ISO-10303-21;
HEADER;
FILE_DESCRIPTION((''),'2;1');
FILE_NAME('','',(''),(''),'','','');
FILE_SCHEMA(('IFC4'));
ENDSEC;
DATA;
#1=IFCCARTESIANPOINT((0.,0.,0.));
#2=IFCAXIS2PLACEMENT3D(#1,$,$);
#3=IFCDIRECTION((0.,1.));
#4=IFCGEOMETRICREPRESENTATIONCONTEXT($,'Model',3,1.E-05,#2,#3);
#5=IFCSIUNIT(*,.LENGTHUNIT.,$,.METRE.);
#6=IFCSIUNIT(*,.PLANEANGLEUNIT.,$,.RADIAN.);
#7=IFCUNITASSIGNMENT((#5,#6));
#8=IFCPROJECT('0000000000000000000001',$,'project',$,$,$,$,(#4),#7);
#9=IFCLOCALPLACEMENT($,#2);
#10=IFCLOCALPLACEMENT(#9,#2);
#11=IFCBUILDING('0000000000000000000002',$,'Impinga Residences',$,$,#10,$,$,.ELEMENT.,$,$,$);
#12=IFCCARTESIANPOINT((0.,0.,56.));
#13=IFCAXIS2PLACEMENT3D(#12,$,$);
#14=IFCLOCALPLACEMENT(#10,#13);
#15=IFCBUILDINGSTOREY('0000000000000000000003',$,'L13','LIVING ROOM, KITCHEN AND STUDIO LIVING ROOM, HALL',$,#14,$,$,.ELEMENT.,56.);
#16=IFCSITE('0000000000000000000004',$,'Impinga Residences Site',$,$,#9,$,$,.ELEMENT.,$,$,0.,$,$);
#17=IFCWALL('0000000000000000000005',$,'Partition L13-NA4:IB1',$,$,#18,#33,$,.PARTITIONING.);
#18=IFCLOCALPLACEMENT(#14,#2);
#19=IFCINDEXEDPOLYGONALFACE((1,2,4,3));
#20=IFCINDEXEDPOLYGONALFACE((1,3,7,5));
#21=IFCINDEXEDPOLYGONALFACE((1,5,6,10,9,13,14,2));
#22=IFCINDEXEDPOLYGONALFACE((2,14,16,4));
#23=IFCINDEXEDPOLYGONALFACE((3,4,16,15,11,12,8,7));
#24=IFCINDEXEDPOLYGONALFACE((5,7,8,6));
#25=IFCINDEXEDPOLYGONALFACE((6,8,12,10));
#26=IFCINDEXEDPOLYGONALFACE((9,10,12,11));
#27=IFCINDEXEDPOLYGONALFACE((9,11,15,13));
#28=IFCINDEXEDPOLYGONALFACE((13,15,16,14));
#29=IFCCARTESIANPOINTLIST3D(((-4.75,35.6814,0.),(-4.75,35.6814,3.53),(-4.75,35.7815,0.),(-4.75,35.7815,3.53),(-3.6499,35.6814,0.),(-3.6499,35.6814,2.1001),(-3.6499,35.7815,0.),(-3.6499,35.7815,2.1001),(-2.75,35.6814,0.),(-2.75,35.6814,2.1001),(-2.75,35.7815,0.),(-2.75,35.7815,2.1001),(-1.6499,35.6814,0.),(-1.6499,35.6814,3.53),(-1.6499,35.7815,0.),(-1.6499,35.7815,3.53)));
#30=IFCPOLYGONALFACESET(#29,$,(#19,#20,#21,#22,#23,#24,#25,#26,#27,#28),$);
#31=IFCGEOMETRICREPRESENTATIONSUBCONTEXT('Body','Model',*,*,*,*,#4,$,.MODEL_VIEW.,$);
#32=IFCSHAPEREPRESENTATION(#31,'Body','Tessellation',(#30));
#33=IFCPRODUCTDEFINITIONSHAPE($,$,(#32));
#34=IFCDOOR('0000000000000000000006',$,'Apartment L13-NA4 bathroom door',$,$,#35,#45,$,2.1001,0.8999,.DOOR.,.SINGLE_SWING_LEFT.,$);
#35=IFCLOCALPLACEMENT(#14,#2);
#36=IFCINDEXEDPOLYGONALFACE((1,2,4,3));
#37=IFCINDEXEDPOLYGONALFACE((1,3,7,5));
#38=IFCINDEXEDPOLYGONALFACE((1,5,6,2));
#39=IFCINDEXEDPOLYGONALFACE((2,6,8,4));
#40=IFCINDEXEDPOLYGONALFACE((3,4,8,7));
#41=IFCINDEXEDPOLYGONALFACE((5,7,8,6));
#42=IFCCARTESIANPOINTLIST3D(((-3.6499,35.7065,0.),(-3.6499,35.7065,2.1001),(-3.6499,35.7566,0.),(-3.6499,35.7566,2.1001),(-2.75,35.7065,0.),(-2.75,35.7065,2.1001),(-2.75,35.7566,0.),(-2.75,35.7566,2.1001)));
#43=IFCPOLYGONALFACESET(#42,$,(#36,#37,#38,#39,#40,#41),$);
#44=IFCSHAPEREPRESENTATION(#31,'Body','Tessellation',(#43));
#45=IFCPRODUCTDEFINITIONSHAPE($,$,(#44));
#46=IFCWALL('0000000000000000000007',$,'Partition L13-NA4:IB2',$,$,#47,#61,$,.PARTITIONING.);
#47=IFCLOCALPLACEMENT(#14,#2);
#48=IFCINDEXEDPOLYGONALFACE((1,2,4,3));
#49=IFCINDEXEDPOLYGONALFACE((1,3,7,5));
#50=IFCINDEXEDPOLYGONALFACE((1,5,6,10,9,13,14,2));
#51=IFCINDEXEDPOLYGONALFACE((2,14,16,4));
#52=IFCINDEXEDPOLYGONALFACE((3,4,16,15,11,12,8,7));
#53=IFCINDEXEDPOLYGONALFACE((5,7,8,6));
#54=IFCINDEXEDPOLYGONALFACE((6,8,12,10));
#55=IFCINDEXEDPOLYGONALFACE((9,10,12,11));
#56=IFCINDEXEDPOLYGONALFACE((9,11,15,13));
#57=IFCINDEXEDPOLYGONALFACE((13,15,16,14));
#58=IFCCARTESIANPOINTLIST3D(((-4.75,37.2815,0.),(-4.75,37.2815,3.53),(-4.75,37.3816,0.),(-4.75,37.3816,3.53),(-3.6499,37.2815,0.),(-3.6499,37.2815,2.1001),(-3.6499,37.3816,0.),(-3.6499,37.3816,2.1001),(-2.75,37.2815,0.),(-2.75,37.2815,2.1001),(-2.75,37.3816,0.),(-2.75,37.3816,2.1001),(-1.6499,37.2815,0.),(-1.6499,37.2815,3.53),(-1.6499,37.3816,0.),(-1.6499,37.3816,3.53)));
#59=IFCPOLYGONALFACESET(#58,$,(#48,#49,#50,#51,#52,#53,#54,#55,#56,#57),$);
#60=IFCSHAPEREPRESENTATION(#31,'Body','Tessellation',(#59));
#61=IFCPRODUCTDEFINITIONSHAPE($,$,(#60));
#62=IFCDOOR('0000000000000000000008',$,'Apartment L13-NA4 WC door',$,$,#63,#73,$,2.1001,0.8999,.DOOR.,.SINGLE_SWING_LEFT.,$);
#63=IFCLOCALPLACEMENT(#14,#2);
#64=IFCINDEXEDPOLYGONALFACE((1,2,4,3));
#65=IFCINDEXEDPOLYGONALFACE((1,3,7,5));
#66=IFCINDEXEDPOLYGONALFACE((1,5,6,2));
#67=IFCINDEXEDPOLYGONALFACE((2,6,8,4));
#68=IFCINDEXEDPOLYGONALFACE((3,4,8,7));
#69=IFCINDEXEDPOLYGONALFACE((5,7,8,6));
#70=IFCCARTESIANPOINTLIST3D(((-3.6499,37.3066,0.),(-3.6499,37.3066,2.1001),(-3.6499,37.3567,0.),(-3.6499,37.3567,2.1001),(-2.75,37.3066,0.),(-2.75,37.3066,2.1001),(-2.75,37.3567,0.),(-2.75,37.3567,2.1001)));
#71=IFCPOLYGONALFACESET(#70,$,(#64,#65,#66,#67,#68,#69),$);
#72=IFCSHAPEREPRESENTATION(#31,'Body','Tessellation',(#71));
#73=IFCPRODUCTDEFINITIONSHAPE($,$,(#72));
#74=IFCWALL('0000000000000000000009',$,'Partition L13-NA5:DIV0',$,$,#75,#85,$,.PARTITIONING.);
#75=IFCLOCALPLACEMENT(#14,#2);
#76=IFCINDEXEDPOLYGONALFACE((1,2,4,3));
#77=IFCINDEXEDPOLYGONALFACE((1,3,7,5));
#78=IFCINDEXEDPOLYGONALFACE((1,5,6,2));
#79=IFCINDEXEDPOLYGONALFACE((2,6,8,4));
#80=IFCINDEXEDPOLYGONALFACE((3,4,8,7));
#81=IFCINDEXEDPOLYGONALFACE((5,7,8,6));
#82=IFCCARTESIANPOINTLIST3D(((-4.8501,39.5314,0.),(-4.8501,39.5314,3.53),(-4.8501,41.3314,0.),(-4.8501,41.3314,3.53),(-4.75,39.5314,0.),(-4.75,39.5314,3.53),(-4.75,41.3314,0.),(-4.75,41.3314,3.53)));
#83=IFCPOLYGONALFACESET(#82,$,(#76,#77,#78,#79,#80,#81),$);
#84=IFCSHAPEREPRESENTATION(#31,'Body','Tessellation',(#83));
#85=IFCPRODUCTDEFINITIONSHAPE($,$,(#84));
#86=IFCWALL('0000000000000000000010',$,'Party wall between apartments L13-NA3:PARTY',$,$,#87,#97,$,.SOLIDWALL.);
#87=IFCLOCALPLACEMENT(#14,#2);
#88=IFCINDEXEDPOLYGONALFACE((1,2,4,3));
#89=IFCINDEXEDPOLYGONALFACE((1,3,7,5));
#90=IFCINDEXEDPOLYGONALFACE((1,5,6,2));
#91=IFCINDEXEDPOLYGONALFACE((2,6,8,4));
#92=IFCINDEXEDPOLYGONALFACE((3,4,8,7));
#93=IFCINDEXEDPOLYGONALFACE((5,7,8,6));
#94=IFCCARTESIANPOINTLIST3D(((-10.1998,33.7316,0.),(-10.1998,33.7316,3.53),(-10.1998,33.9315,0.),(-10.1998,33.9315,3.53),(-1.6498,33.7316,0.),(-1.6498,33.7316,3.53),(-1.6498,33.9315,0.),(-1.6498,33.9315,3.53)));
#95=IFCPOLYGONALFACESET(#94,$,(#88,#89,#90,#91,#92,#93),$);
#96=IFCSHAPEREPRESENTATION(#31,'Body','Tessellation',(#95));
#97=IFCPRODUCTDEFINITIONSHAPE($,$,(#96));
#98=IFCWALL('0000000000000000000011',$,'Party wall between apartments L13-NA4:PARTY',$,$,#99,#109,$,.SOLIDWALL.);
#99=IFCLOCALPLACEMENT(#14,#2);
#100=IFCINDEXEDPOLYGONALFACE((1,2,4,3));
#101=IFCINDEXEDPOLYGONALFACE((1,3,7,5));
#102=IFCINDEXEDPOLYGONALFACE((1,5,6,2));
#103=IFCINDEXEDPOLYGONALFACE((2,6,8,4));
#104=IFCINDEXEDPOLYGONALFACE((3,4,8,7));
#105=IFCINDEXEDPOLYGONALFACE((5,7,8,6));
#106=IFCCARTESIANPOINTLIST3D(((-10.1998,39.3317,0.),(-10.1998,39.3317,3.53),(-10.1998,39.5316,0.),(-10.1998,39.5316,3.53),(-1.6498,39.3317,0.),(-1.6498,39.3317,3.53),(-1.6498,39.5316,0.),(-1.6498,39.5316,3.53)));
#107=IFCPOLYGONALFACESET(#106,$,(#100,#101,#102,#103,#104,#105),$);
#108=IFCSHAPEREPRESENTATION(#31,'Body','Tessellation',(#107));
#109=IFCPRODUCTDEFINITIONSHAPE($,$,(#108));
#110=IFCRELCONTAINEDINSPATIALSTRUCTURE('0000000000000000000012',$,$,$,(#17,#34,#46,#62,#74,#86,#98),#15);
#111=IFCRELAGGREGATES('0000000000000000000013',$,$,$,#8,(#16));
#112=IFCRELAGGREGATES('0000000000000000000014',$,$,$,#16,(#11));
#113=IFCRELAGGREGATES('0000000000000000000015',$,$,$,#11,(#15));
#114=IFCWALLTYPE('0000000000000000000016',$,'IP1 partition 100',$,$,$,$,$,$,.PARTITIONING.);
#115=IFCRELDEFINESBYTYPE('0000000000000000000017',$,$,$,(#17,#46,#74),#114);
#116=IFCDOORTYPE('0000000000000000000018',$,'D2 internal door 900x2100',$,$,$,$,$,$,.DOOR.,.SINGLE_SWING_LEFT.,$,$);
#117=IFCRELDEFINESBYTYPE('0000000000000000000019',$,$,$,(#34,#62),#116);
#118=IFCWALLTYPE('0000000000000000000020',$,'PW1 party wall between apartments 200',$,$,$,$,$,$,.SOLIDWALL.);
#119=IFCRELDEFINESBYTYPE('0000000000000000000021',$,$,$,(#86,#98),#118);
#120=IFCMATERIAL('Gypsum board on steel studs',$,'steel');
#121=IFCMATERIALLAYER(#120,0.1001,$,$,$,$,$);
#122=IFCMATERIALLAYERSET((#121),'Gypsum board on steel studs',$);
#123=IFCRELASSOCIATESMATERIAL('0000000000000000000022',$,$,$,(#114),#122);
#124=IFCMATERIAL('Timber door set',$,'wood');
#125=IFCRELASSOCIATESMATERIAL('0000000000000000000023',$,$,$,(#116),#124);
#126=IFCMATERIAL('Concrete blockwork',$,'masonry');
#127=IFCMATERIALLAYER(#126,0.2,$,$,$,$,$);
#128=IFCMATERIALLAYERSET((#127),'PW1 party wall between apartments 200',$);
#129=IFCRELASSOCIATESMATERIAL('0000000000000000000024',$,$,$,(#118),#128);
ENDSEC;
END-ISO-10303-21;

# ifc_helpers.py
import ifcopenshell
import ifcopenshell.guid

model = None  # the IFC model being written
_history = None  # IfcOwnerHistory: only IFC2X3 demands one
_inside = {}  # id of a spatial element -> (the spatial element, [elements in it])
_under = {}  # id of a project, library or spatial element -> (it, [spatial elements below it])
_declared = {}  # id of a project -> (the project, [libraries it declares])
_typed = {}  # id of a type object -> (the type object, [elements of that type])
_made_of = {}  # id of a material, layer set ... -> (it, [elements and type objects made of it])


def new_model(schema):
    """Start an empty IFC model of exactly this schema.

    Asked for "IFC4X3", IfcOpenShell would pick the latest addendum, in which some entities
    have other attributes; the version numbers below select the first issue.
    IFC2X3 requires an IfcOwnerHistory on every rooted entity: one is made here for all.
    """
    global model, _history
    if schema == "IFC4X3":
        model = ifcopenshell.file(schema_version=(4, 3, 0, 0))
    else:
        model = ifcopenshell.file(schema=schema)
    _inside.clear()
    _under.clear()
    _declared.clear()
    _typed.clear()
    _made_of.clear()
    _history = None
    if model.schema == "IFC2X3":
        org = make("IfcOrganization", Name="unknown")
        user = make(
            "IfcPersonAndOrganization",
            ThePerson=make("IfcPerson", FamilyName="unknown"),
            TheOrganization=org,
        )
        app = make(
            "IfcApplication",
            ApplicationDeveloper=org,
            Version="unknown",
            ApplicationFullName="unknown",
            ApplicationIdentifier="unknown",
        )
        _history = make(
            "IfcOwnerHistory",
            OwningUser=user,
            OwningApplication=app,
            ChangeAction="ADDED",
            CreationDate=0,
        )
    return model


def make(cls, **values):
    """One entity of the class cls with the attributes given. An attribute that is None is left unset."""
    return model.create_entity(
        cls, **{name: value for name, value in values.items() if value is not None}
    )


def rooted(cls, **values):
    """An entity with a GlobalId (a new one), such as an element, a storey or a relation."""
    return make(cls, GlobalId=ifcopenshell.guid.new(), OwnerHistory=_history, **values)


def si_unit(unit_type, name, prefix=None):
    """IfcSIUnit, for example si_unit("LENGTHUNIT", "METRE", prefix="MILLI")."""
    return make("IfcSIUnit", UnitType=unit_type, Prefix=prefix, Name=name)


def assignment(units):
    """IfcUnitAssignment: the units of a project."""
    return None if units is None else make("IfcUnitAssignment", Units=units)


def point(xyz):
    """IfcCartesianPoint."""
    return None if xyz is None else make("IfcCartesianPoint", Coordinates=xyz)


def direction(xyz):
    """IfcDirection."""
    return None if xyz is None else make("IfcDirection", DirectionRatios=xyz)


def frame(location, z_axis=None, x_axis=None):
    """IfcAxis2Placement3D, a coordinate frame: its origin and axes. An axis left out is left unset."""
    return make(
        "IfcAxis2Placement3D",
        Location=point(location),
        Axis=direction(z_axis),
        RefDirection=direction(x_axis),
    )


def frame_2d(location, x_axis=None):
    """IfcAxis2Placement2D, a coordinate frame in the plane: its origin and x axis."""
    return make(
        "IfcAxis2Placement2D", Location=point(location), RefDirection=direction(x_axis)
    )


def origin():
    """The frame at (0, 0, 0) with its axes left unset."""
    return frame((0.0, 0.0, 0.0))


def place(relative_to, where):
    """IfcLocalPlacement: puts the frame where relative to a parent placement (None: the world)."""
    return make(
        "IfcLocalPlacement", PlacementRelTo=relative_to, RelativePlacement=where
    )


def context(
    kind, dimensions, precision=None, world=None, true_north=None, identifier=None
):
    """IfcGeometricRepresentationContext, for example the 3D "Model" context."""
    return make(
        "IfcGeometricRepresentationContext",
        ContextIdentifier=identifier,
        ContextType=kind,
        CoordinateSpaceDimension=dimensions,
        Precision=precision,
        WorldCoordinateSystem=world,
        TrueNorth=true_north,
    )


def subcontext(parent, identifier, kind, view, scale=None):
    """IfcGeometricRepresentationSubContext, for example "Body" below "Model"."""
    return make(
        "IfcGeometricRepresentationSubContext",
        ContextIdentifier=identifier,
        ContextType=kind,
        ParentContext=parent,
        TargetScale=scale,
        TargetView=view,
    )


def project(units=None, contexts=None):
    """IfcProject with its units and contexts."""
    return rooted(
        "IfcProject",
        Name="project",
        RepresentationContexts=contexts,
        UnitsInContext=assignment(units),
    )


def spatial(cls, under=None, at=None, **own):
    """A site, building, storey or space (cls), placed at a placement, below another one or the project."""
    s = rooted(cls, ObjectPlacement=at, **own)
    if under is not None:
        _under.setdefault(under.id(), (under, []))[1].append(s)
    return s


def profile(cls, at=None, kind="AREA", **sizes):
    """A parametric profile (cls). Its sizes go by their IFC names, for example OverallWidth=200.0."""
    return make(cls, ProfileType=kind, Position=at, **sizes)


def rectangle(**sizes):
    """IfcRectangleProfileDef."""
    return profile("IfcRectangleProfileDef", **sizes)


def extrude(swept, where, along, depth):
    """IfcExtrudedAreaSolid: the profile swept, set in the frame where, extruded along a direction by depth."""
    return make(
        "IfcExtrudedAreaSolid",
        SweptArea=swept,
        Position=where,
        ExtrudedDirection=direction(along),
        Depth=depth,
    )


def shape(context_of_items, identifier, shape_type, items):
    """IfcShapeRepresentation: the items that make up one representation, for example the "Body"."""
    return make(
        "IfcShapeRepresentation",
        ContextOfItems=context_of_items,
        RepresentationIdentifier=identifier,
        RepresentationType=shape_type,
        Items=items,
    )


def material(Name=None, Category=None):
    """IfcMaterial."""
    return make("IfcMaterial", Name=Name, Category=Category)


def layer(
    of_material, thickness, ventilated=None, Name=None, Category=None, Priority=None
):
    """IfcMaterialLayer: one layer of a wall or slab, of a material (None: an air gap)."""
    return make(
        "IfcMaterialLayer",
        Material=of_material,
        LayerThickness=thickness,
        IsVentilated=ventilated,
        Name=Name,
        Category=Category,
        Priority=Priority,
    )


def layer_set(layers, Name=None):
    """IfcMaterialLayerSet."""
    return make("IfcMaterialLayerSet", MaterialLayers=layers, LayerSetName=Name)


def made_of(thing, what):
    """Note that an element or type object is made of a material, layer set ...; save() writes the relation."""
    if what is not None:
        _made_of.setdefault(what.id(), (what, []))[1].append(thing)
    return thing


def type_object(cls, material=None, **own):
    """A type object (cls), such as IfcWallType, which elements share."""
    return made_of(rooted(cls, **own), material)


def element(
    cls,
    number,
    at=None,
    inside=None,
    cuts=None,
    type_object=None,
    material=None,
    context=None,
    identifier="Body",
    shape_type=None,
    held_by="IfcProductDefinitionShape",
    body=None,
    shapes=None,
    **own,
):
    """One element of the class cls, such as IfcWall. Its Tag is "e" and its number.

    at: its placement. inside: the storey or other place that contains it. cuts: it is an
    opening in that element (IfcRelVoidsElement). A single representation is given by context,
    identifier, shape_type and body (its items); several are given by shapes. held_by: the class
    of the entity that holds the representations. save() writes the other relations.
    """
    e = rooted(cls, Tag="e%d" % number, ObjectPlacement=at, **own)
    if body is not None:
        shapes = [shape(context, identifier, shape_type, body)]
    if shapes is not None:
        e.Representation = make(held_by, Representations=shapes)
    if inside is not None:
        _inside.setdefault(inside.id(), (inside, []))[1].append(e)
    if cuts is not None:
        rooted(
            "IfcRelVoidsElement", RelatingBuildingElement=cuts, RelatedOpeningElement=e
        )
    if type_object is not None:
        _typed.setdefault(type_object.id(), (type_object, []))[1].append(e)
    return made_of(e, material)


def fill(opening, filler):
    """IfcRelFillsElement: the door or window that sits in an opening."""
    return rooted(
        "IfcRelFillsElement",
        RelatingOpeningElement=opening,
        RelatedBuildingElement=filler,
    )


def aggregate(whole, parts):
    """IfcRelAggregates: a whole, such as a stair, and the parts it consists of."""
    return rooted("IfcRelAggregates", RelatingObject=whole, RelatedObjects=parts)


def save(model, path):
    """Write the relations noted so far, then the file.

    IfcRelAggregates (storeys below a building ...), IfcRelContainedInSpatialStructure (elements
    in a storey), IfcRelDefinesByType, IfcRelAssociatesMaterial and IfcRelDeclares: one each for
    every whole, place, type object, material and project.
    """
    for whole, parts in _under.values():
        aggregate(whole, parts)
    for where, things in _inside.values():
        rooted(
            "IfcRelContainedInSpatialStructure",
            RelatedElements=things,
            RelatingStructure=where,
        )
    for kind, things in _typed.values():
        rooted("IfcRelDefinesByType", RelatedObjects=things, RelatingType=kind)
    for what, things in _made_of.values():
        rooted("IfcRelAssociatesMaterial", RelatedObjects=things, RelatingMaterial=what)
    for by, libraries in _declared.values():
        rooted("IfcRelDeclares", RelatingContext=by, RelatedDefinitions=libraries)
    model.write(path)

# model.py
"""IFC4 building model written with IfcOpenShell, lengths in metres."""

from ifc_helpers import new_model, si_unit, direction, frame, frame_2d, origin, place, context, subcontext, project, spatial, rectangle, extrude, material, layer, layer_set, type_object, element, fill, save


model = new_model("IFC4")

# Units and contexts
model_context = context("Model", 3, precision=1e-05, world=origin(), true_north=direction((0.0, 1.0)))
body_context = subcontext(model_context, "Body", "Model", "MODEL_VIEW")
ifc_project = project(units=[si_unit("LENGTHUNIT", "METRE"), si_unit("PLANEANGLEUNIT", "RADIAN")], contexts=[model_context])

# Site, building, storey
site_placement = place(None, origin())
site = spatial("IfcSite", under=ifc_project, at=site_placement, Name="Impinga Residences Site", CompositionType="ELEMENT", RefElevation=0.0)
building_placement = place(site_placement, origin())
building = spatial("IfcBuilding", under=site, at=building_placement, Name="Impinga Residences", CompositionType="ELEMENT")
storey_placement = place(building_placement, frame((0.0, 0.0, 56.0)))
storey = spatial("IfcBuildingStorey", under=building, at=storey_placement, Name="L13", Description="LIVING ROOM, KITCHEN AND STUDIO LIVING ROOM, HALL", CompositionType="ELEMENT", Elevation=56.0)

# Shared definitions
ifc_material_1 = material(Name="Concrete blockwork", Category="masonry")
ifc_material_2 = material(Name="Timber door set", Category="wood")

# Shared definitions
ifc_material_3 = material(Name="Gypsum board on steel studs", Category="steel")
ifc_layer_1 = layer(ifc_material_3, 0.1001)
ifc_layer_set_1 = layer_set([ifc_layer_1], Name="Gypsum board on steel studs")
wall_type_1 = type_object("IfcWallType", Name="IP1 partition 100", PredefinedType="PARTITIONING", material=ifc_layer_set_1)

# Shared definitions
door_type_1 = type_object("IfcDoorType", Name="D2 internal door 900x2100", OperationType="SINGLE_SWING_LEFT", PredefinedType="DOOR", material=ifc_material_2)

# Walls, openings, doors
wall_1_placement = place(storey_placement, frame((-1.6499, 35.7314, 0.0), z_axis=(0.0, 0.0, 1.0), x_axis=(-1.0, 0.0, 0.0)))
wall_1 = element("IfcWall", 1, at=wall_1_placement, inside=storey, type_object=wall_type_1, Name="Partition L13-NA4:IB1", PredefinedType="PARTITIONING", context=body_context, shape_type="SweptSolid", body=[
    extrude(rectangle(XDim=3.1001, YDim=0.1001, at=frame_2d((1.55, 0.0))), origin(), (0.0, 0.0, 1.0), 3.53),
])
opening_1_placement = place(wall_1_placement, frame((1.1001, 0.0, 0.0)))
opening_1 = element("IfcOpeningElement", 2, at=opening_1_placement, cuts=wall_1, PredefinedType="OPENING", context=body_context, shape_type="SweptSolid", body=[
    extrude(rectangle(XDim=0.8999, YDim=2.1001, at=frame_2d((0.45, 1.05))), frame((0.0, 0.0601, 0.0), z_axis=(0.0, -1.0, 0.0), x_axis=(1.0, 0.0, 0.0)), (0.0, 0.0, 1.0), 0.1201),
])
door_1_placement = place(opening_1_placement, origin())
door_1 = element("IfcDoor", 3, at=door_1_placement, inside=storey, type_object=door_type_1, Name="Apartment L13-NA4 bathroom door", OperationType="SINGLE_SWING_LEFT", OverallHeight=2.1001, OverallWidth=0.8999, PredefinedType="DOOR", context=body_context, shape_type="SweptSolid", body=[
    extrude(rectangle(XDim=0.8999, YDim=2.1001, at=frame_2d((0.45, 1.05))), frame((0.0, 0.0249, 0.0), z_axis=(0.0, -1.0, 0.0), x_axis=(1.0, 0.0, 0.0)), (0.0, 0.0, 1.0), 0.05),
])
fill(opening_1, door_1)
wall_2_placement = place(storey_placement, frame((-1.6499, 37.3315, 0.0), z_axis=(0.0, 0.0, 1.0), x_axis=(-1.0, 0.0, 0.0)))
wall_2 = element("IfcWall", 4, at=wall_2_placement, inside=storey, type_object=wall_type_1, Name="Partition L13-NA4:IB2", PredefinedType="PARTITIONING", context=body_context, shape_type="SweptSolid", body=[
    extrude(rectangle(XDim=3.1001, YDim=0.1001, at=frame_2d((1.55, 0.0))), origin(), (0.0, 0.0, 1.0), 3.53),
])
opening_2_placement = place(wall_2_placement, frame((1.1001, 0.0, 0.0)))
opening_2 = element("IfcOpeningElement", 5, at=opening_2_placement, cuts=wall_2, PredefinedType="OPENING", context=body_context, shape_type="SweptSolid", body=[
    extrude(rectangle(XDim=0.8999, YDim=2.1001, at=frame_2d((0.45, 1.05))), frame((0.0, 0.0601, 0.0), z_axis=(0.0, -1.0, 0.0), x_axis=(1.0, 0.0, 0.0)), (0.0, 0.0, 1.0), 0.1201),
])
door_2_placement = place(opening_2_placement, origin())
door_2 = element("IfcDoor", 6, at=door_2_placement, inside=storey, type_object=door_type_1, Name="Apartment L13-NA4 WC door", OperationType="SINGLE_SWING_LEFT", OverallHeight=2.1001, OverallWidth=0.8999, PredefinedType="DOOR", context=body_context, shape_type="SweptSolid", body=[
    extrude(rectangle(XDim=0.8999, YDim=2.1001, at=frame_2d((0.45, 1.05))), frame((0.0, 0.0249, 0.0), z_axis=(0.0, -1.0, 0.0), x_axis=(1.0, 0.0, 0.0)), (0.0, 0.0, 1.0), 0.05),
])
fill(opening_2, door_2)

# Walls
wall_3_placement = place(storey_placement, frame((-4.8, 39.5315, 0.0), z_axis=(0.0, 0.0, 1.0), x_axis=(0.0, 1.0, 0.0)))
element("IfcWall", 7, at=wall_3_placement, inside=storey, type_object=wall_type_1, Name="Partition L13-NA5:DIV0", PredefinedType="PARTITIONING", context=body_context, shape_type="SweptSolid", body=[
    extrude(rectangle(XDim=1.8, YDim=0.1001, at=frame_2d((0.8999, 0.0))), origin(), (0.0, 0.0, 1.0), 3.53),
])
ifc_layer_2 = layer(ifc_material_1, 0.2)
ifc_layer_set_2 = layer_set([ifc_layer_2], Name="PW1 party wall between apartments 200")
wall_type_2 = type_object("IfcWallType", Name="PW1 party wall between apartments 200", PredefinedType="SOLIDWALL", material=ifc_layer_set_2)
for number, where, z_axis, x_axis, name in (
    (8, (-1.6499, 33.8315, 0.0), (0.0, 0.0, 1.0), (-1.0, 0.0, 0.0), "Party wall between apartments L13-NA3:PARTY"),
    (9, (-1.6499, 39.4316, 0.0), (0.0, 0.0, 1.0), (-1.0, 0.0, 0.0), "Party wall between apartments L13-NA4:PARTY"),
):
    element("IfcWall", number, at=place(storey_placement, frame(where, z_axis=z_axis, x_axis=x_axis)), inside=storey, type_object=wall_type_2, Name=name, PredefinedType="SOLIDWALL", context=body_context, shape_type="SweptSolid", body=[
        extrude(rectangle(XDim=8.55, YDim=0.2, at=frame_2d((4.2749, 0.0))), origin(), (0.0, 0.0, 1.0), 3.53),
    ])

save(model, "model.ifc")
